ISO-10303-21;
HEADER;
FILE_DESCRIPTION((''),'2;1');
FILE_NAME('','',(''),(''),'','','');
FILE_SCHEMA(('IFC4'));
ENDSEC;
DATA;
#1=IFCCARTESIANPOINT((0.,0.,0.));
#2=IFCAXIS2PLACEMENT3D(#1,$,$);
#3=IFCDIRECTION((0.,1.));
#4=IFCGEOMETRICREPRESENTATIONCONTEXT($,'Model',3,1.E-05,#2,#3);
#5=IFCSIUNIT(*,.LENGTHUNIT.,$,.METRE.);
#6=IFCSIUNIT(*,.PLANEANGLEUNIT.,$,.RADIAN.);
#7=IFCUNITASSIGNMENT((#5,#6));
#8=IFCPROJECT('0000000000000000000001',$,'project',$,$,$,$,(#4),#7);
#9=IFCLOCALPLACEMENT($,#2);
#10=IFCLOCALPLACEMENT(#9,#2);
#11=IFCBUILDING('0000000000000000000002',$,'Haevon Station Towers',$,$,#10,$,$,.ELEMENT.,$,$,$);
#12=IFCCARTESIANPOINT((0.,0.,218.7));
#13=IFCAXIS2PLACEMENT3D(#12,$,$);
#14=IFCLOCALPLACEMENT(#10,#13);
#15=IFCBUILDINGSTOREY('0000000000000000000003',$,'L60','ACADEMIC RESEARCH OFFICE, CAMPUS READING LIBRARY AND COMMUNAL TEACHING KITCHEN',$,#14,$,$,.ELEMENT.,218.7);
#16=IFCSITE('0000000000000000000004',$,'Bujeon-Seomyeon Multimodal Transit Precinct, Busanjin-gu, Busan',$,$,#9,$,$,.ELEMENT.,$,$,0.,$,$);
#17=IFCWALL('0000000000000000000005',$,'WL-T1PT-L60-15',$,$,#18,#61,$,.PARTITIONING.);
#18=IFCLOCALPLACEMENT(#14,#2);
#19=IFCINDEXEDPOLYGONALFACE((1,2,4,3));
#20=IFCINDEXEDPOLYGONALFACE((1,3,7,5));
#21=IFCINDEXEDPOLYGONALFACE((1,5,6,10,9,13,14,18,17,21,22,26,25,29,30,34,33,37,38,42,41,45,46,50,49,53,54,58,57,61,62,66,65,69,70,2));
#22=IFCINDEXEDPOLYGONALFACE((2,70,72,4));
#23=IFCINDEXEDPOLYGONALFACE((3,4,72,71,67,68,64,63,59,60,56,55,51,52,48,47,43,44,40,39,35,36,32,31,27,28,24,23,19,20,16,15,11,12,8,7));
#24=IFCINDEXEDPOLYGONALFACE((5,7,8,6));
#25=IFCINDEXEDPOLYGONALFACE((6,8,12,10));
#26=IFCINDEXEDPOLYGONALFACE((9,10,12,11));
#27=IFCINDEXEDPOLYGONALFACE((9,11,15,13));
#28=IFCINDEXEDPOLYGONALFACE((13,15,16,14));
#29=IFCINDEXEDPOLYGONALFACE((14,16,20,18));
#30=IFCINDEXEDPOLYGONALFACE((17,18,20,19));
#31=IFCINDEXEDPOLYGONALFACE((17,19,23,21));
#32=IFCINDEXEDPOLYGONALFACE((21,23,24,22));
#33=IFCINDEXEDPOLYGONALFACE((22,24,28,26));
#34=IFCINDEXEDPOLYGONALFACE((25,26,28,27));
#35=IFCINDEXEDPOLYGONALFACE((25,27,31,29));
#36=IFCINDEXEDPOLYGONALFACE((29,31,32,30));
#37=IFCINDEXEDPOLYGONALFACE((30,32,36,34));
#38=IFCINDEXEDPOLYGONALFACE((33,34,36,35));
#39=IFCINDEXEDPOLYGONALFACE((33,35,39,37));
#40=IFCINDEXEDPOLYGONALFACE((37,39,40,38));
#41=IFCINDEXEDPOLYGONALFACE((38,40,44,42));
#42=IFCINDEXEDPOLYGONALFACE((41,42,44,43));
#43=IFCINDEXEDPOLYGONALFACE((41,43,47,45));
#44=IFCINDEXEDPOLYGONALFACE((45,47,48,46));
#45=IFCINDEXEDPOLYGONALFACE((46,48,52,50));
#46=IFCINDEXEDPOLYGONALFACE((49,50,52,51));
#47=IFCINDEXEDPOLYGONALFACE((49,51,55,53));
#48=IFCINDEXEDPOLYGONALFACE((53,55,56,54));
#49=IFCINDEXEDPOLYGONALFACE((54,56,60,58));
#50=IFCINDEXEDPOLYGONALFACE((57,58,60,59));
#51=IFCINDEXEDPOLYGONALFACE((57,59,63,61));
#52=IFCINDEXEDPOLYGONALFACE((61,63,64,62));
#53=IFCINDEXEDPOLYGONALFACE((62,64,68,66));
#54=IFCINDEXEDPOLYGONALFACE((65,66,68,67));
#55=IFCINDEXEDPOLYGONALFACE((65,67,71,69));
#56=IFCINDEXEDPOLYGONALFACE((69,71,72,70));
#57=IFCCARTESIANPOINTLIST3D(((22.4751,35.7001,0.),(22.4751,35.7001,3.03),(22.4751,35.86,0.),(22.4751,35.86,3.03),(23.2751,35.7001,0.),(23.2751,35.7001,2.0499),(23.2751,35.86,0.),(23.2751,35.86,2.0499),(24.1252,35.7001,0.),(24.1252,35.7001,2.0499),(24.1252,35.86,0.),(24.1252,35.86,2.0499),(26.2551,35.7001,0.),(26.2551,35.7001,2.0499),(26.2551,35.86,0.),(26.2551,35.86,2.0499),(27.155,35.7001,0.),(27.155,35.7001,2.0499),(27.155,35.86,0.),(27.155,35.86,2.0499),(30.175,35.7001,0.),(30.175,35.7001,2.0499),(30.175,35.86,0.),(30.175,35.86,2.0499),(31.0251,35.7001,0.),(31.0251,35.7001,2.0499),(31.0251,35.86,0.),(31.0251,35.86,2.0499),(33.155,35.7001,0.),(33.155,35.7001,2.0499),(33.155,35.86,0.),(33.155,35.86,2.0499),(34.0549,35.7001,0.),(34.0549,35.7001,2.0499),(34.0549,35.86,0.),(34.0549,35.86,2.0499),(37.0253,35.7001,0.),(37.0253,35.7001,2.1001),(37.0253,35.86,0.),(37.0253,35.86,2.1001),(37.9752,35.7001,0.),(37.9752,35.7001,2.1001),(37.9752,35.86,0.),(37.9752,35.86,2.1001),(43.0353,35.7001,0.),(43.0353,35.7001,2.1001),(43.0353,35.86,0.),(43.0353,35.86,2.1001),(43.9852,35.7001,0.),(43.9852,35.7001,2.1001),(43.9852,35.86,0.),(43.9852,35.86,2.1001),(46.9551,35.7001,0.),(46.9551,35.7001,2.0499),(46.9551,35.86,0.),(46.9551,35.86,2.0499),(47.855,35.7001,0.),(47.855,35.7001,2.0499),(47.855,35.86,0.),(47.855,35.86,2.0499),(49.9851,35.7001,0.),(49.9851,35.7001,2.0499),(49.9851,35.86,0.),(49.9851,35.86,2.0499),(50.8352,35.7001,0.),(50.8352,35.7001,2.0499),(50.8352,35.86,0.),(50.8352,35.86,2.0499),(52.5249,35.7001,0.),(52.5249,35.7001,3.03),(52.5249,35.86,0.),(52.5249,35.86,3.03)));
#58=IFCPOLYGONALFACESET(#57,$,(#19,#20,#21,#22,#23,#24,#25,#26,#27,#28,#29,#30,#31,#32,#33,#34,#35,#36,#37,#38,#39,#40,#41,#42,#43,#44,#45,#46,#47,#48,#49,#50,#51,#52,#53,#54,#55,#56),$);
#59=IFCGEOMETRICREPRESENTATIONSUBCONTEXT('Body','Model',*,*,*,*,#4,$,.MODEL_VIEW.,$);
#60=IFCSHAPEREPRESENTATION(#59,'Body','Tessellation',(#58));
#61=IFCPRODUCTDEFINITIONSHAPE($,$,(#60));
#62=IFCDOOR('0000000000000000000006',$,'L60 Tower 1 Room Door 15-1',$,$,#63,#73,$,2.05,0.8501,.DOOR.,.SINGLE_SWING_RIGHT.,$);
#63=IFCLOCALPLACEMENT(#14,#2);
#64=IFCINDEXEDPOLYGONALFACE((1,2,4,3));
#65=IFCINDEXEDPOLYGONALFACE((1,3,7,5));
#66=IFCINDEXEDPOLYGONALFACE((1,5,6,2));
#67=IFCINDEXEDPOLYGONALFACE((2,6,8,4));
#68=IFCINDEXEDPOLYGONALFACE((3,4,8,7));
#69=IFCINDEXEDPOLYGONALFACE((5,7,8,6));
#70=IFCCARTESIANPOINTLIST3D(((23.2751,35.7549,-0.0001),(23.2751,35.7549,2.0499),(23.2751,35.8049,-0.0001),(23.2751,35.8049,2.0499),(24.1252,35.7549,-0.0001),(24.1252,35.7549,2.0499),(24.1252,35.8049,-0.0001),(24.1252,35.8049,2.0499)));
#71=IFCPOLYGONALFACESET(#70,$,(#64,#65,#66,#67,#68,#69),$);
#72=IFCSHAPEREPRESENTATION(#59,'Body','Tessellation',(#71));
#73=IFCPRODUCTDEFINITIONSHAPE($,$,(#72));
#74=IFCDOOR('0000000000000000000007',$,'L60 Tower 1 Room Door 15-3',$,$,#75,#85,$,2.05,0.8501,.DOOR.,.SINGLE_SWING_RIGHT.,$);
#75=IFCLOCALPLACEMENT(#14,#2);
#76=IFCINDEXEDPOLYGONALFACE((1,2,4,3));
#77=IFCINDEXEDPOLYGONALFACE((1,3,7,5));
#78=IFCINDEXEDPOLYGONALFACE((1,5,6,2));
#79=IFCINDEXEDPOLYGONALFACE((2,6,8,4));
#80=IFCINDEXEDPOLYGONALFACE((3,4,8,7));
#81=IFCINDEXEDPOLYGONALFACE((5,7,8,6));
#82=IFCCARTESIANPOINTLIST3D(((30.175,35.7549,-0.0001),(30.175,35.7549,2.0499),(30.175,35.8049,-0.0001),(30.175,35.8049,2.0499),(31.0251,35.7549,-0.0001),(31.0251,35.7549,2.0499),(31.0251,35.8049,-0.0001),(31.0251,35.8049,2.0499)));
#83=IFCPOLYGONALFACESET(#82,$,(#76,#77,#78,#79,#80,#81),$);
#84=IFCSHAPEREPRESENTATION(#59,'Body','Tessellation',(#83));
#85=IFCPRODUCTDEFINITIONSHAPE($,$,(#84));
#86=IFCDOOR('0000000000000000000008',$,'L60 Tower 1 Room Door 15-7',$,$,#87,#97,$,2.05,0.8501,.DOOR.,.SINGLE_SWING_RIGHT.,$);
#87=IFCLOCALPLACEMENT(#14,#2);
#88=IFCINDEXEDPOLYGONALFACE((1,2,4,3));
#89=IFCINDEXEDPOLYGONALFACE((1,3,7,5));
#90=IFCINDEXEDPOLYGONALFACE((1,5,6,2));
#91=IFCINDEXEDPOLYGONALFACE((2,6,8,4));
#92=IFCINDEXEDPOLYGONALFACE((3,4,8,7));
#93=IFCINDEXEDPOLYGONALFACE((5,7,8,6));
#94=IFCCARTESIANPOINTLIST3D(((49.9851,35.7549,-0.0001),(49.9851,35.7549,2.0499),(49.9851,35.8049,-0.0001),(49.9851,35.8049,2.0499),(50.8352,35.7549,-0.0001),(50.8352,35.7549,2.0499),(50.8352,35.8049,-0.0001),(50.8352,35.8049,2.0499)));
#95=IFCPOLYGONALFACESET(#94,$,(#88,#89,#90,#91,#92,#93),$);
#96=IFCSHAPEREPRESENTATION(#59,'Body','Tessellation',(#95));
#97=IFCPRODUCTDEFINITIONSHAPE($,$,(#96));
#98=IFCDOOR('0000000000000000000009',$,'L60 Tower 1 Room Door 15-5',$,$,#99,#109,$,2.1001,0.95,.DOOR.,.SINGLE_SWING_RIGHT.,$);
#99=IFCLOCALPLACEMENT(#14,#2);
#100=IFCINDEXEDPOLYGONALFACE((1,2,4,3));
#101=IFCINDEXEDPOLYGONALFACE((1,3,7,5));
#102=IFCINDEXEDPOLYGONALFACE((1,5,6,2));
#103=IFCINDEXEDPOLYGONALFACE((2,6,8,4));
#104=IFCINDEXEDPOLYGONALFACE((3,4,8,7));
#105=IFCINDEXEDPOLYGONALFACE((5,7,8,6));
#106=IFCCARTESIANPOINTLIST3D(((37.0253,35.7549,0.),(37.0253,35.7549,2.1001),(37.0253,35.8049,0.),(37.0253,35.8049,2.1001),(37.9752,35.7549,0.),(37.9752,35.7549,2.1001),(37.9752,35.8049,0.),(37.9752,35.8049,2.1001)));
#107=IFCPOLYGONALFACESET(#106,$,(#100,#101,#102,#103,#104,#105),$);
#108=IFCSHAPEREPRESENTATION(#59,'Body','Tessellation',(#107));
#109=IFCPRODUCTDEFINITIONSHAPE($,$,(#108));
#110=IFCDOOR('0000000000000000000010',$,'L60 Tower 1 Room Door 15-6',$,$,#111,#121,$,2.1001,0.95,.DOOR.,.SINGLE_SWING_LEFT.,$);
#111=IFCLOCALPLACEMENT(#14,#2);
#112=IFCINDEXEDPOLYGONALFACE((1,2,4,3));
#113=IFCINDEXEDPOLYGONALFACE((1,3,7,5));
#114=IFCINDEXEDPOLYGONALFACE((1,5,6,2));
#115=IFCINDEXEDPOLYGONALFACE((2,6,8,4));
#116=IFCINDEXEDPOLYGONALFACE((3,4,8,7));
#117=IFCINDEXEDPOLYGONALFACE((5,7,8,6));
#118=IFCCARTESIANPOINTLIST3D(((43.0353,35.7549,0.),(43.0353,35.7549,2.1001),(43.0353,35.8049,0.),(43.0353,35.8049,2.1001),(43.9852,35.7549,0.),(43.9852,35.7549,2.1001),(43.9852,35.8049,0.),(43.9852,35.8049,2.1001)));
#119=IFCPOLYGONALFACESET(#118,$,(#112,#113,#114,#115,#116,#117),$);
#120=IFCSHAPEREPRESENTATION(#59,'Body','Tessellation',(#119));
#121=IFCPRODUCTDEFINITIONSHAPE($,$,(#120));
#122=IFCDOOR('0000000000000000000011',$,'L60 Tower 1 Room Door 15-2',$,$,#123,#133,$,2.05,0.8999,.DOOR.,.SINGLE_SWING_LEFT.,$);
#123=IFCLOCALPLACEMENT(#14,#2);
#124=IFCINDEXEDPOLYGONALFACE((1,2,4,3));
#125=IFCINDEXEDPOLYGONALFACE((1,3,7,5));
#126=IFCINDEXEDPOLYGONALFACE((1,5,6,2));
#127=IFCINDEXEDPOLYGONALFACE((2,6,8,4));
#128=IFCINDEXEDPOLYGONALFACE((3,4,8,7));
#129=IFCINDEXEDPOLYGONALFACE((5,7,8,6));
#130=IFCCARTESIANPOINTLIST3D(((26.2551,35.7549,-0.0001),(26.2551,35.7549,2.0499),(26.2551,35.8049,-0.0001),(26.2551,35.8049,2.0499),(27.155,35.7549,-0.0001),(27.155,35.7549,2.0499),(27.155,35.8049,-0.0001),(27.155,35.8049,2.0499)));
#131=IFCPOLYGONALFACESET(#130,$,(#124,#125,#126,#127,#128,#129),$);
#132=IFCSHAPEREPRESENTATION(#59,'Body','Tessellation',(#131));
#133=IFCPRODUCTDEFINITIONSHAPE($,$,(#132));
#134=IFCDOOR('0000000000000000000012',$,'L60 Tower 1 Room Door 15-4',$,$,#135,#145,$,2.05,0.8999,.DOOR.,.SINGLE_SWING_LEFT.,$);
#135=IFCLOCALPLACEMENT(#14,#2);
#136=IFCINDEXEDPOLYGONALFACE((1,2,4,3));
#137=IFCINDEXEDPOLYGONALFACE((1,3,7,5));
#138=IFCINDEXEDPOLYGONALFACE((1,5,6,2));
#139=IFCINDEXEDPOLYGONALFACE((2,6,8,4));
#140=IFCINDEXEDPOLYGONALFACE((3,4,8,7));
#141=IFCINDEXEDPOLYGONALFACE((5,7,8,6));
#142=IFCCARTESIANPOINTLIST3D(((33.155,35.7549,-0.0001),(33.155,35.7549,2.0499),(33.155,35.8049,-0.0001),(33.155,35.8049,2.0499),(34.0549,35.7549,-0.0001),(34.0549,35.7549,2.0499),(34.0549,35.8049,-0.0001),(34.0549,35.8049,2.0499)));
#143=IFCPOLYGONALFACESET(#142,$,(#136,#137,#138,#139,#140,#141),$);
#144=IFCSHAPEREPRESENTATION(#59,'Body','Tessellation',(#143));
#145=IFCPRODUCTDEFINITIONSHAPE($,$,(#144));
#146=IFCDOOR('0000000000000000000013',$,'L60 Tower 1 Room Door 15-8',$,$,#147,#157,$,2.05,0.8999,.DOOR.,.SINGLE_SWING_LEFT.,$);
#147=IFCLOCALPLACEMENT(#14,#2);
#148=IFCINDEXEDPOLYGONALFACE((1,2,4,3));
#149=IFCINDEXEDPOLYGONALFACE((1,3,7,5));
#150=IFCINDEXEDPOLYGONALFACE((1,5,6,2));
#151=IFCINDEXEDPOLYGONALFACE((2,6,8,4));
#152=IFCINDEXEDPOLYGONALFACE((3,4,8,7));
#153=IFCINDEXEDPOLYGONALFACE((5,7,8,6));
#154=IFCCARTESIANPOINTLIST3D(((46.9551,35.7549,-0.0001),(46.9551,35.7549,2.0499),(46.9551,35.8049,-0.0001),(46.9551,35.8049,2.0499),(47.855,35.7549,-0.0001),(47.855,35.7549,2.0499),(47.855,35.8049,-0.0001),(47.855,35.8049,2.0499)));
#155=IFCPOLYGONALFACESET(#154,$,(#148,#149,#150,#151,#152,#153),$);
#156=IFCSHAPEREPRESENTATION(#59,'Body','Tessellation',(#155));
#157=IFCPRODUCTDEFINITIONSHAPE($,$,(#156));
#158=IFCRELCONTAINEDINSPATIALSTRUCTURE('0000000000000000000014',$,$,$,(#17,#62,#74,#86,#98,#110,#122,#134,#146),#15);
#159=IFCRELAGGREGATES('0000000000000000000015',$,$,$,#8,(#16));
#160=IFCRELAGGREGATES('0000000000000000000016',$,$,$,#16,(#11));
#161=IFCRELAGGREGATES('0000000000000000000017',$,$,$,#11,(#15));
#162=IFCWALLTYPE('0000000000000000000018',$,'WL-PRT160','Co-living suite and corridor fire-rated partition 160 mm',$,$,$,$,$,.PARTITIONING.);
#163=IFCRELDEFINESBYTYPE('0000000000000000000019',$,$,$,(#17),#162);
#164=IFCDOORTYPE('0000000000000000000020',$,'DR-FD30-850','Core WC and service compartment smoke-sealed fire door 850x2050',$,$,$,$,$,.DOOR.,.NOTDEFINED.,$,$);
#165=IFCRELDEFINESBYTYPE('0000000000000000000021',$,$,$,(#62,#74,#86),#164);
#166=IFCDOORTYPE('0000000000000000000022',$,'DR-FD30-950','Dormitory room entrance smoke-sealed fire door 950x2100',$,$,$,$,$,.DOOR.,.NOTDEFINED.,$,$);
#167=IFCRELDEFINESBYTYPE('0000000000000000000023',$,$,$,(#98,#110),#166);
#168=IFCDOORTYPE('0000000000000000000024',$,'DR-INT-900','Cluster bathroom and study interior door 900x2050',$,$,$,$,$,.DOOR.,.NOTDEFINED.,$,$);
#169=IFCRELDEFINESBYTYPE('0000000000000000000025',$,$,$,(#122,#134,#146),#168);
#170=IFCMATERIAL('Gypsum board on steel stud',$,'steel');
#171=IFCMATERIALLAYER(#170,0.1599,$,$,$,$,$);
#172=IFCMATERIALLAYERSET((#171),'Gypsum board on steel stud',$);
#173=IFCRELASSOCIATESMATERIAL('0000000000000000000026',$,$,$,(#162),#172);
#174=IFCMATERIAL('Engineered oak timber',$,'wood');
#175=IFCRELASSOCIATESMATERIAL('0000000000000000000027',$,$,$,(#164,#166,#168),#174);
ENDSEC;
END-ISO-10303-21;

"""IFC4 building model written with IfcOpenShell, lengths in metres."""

from ifc_helpers import new_model, si_unit, direction, frame, frame_2d, origin, place, context, subcontext, project, spatial, rectangle, extrude, material, layer, layer_set, type_object, element, fill, save


model = new_model("IFC4")

# Units and contexts
model_context = context("Model", 3, precision=1e-05, world=origin(), true_north=direction((0.0, 1.0)))
body_context = subcontext(model_context, "Body", "Model", "MODEL_VIEW")
ifc_project = project(units=[si_unit("LENGTHUNIT", "METRE"), si_unit("PLANEANGLEUNIT", "RADIAN")], contexts=[model_context])

# Site, building, storey
site_placement = place(None, origin())
site = spatial("IfcSite", under=ifc_project, at=site_placement, Name="Bujeon-Seomyeon Multimodal Transit Precinct, Busanjin-gu, Busan", CompositionType="ELEMENT", RefElevation=0.0)
building_placement = place(site_placement, origin())
building = spatial("IfcBuilding", under=site, at=building_placement, Name="Haevon Station Towers", CompositionType="ELEMENT")
storey_placement = place(building_placement, frame((0.0, 0.0, 218.7)))
storey = spatial("IfcBuildingStorey", under=building, at=storey_placement, Name="L60", Description="ACADEMIC RESEARCH OFFICE, CAMPUS READING LIBRARY AND COMMUNAL TEACHING KITCHEN", CompositionType="ELEMENT", Elevation=218.7)

# Shared definitions
ifc_material_1 = material(Name="Gypsum board on steel stud", Category="steel")
ifc_layer_1 = layer(ifc_material_1, 0.1599)
ifc_layer_set_1 = layer_set([ifc_layer_1], Name="Gypsum board on steel stud")
wall_type_1 = type_object("IfcWallType", Name="WL-PRT160", Description="Co-living suite and corridor fire-rated partition 160 mm", PredefinedType="PARTITIONING", material=ifc_layer_set_1)

# Wall, openings, doors
wall_1_placement = place(storey_placement, frame((22.4751, 35.78, 0.0), z_axis=(0.0, 0.0, 1.0), x_axis=(1.0, 0.0, 0.0)))
wall_1 = element("IfcWall", 1, at=wall_1_placement, inside=storey, type_object=wall_type_1, Name="WL-T1PT-L60-15", PredefinedType="PARTITIONING", context=body_context, shape_type="SweptSolid", body=[
    extrude(rectangle(XDim=30.0498, YDim=0.1599, at=frame_2d((15.0249, 0.0))), origin(), (0.0, 0.0, 1.0), 3.03),
])
opening_1_placement = place(wall_1_placement, frame((0.8, 0.0, 0.0)))
opening_1 = element("IfcOpeningElement", 2, at=opening_1_placement, cuts=wall_1, PredefinedType="OPENING", context=body_context, shape_type="SweptSolid", body=[
    extrude(rectangle(XDim=0.8501, YDim=2.05, at=frame_2d((0.425, 1.0249))), frame((0.0, 0.0898, 0.0), z_axis=(0.0, -1.0, 0.0), x_axis=(1.0, 0.0, 0.0)), (0.0, 0.0, 1.0), 0.1799),
])
opening_2_placement = place(wall_1_placement, frame((3.78, 0.0, 0.0)))
opening_2 = element("IfcOpeningElement", 3, at=opening_2_placement, cuts=wall_1, PredefinedType="OPENING", context=body_context, shape_type="SweptSolid", body=[
    extrude(rectangle(XDim=0.8999, YDim=2.05, at=frame_2d((0.45, 1.0249))), frame((0.0, 0.0898, 0.0), z_axis=(0.0, -1.0, 0.0), x_axis=(1.0, 0.0, 0.0)), (0.0, 0.0, 1.0), 0.1799),
])
opening_3_placement = place(wall_1_placement, frame((7.7, 0.0, 0.0)))
opening_3 = element("IfcOpeningElement", 4, at=opening_3_placement, cuts=wall_1, PredefinedType="OPENING", context=body_context, shape_type="SweptSolid", body=[
    extrude(rectangle(XDim=0.8501, YDim=2.05, at=frame_2d((0.425, 1.0249))), frame((0.0, 0.0898, 0.0), z_axis=(0.0, -1.0, 0.0), x_axis=(1.0, 0.0, 0.0)), (0.0, 0.0, 1.0), 0.1799),
])
opening_4_placement = place(wall_1_placement, frame((10.6799, 0.0, 0.0)))
opening_4 = element("IfcOpeningElement", 5, at=opening_4_placement, cuts=wall_1, PredefinedType="OPENING", context=body_context, shape_type="SweptSolid", body=[
    extrude(rectangle(XDim=0.8999, YDim=2.05, at=frame_2d((0.45, 1.0249))), frame((0.0, 0.0898, 0.0), z_axis=(0.0, -1.0, 0.0), x_axis=(1.0, 0.0, 0.0)), (0.0, 0.0, 1.0), 0.1799),
])
opening_5_placement = place(wall_1_placement, frame((14.55, 0.0, 0.0)))
opening_5 = element("IfcOpeningElement", 6, at=opening_5_placement, cuts=wall_1, PredefinedType="OPENING", context=body_context, shape_type="SweptSolid", body=[
    extrude(rectangle(XDim=0.95, YDim=2.1001, at=frame_2d((0.4751, 1.05))), frame((0.0, 0.0898, 0.0), z_axis=(0.0, -1.0, 0.0), x_axis=(1.0, 0.0, 0.0)), (0.0, 0.0, 1.0), 0.1799),
])
opening_6_placement = place(wall_1_placement, frame((20.5601, 0.0, 0.0)))
opening_6 = element("IfcOpeningElement", 7, at=opening_6_placement, cuts=wall_1, PredefinedType="OPENING", context=body_context, shape_type="SweptSolid", body=[
    extrude(rectangle(XDim=0.95, YDim=2.1001, at=frame_2d((0.4751, 1.05))), frame((0.0, 0.0898, 0.0), z_axis=(0.0, -1.0, 0.0), x_axis=(1.0, 0.0, 0.0)), (0.0, 0.0, 1.0), 0.1799),
])
opening_7_placement = place(wall_1_placement, frame((27.51, 0.0, 0.0)))
opening_7 = element("IfcOpeningElement", 8, at=opening_7_placement, cuts=wall_1, PredefinedType="OPENING", context=body_context, shape_type="SweptSolid", body=[
    extrude(rectangle(XDim=0.8501, YDim=2.05, at=frame_2d((0.425, 1.0249))), frame((0.0, 0.0898, 0.0), z_axis=(0.0, -1.0, 0.0), x_axis=(1.0, 0.0, 0.0)), (0.0, 0.0, 1.0), 0.1799),
])
opening_8_placement = place(wall_1_placement, frame((24.48, 0.0, 0.0)))
opening_8 = element("IfcOpeningElement", 9, at=opening_8_placement, cuts=wall_1, PredefinedType="OPENING", context=body_context, shape_type="SweptSolid", body=[
    extrude(rectangle(XDim=0.8999, YDim=2.05, at=frame_2d((0.45, 1.0249))), frame((0.0, 0.0898, 0.0), z_axis=(0.0, -1.0, 0.0), x_axis=(1.0, 0.0, 0.0)), (0.0, 0.0, 1.0), 0.1799),
])
ifc_material_2 = material(Name="Engineered oak timber", Category="wood")
door_type_1 = type_object("IfcDoorType", Name="DR-FD30-850", Description="Core WC and service compartment smoke-sealed fire door 850x2050", OperationType="NOTDEFINED", PredefinedType="DOOR", material=ifc_material_2)
door_1_placement = place(opening_1_placement, origin())
door_1 = element("IfcDoor", 10, at=door_1_placement, inside=storey, type_object=door_type_1, Name="L60 Tower 1 Room Door 15-1", OperationType="SINGLE_SWING_RIGHT", OverallHeight=2.05, OverallWidth=0.8501, PredefinedType="DOOR", context=body_context, shape_type="SweptSolid", body=[
    extrude(rectangle(XDim=0.8501, YDim=2.05, at=frame_2d((0.425, 1.0249))), frame((0.0, 0.0249, 0.0), z_axis=(0.0, -1.0, 0.0), x_axis=(1.0, 0.0, 0.0)), (0.0, 0.0, 1.0), 0.05),
])
fill(opening_1, door_1)
door_2_placement = place(opening_3_placement, origin())
door_2 = element("IfcDoor", 11, at=door_2_placement, inside=storey, type_object=door_type_1, Name="L60 Tower 1 Room Door 15-3", OperationType="SINGLE_SWING_RIGHT", OverallHeight=2.05, OverallWidth=0.8501, PredefinedType="DOOR", context=body_context, shape_type="SweptSolid", body=[
    extrude(rectangle(XDim=0.8501, YDim=2.05, at=frame_2d((0.425, 1.0249))), frame((0.0, 0.0249, 0.0), z_axis=(0.0, -1.0, 0.0), x_axis=(1.0, 0.0, 0.0)), (0.0, 0.0, 1.0), 0.05),
])
fill(opening_3, door_2)
door_3_placement = place(opening_7_placement, origin())
door_3 = element("IfcDoor", 12, at=door_3_placement, inside=storey, type_object=door_type_1, Name="L60 Tower 1 Room Door 15-7", OperationType="SINGLE_SWING_RIGHT", OverallHeight=2.05, OverallWidth=0.8501, PredefinedType="DOOR", context=body_context, shape_type="SweptSolid", body=[
    extrude(rectangle(XDim=0.8501, YDim=2.05, at=frame_2d((0.425, 1.0249))), frame((0.0, 0.0249, 0.0), z_axis=(0.0, -1.0, 0.0), x_axis=(1.0, 0.0, 0.0)), (0.0, 0.0, 1.0), 0.05),
])
fill(opening_7, door_3)
door_type_2 = type_object("IfcDoorType", Name="DR-FD30-950", Description="Dormitory room entrance smoke-sealed fire door 950x2100", OperationType="NOTDEFINED", PredefinedType="DOOR", material=ifc_material_2)
door_4_placement = place(opening_5_placement, origin())
door_4 = element("IfcDoor", 13, at=door_4_placement, inside=storey, type_object=door_type_2, Name="L60 Tower 1 Room Door 15-5", OperationType="SINGLE_SWING_RIGHT", OverallHeight=2.1001, OverallWidth=0.95, PredefinedType="DOOR", context=body_context, shape_type="SweptSolid", body=[
    extrude(rectangle(XDim=0.95, YDim=2.1001, at=frame_2d((0.4751, 1.05))), frame((0.0, 0.0249, 0.0), z_axis=(0.0, -1.0, 0.0), x_axis=(1.0, 0.0, 0.0)), (0.0, 0.0, 1.0), 0.05),
])
fill(opening_5, door_4)
door_5_placement = place(opening_6_placement, origin())
door_5 = element("IfcDoor", 14, at=door_5_placement, inside=storey, type_object=door_type_2, Name="L60 Tower 1 Room Door 15-6", OperationType="SINGLE_SWING_LEFT", OverallHeight=2.1001, OverallWidth=0.95, PredefinedType="DOOR", context=body_context, shape_type="SweptSolid", body=[
    extrude(rectangle(XDim=0.95, YDim=2.1001, at=frame_2d((0.4751, 1.05))), frame((0.0, 0.0249, 0.0), z_axis=(0.0, -1.0, 0.0), x_axis=(1.0, 0.0, 0.0)), (0.0, 0.0, 1.0), 0.05),
])
fill(opening_6, door_5)
door_type_3 = type_object("IfcDoorType", Name="DR-INT-900", Description="Cluster bathroom and study interior door 900x2050", OperationType="NOTDEFINED", PredefinedType="DOOR", material=ifc_material_2)
door_6_placement = place(opening_2_placement, origin())
door_6 = element("IfcDoor", 15, at=door_6_placement, inside=storey, type_object=door_type_3, Name="L60 Tower 1 Room Door 15-2", OperationType="SINGLE_SWING_LEFT", OverallHeight=2.05, OverallWidth=0.8999, PredefinedType="DOOR", context=body_context, shape_type="SweptSolid", body=[
    extrude(rectangle(XDim=0.8999, YDim=2.05, at=frame_2d((0.45, 1.0249))), frame((0.0, 0.0249, 0.0), z_axis=(0.0, -1.0, 0.0), x_axis=(1.0, 0.0, 0.0)), (0.0, 0.0, 1.0), 0.05),
])
fill(opening_2, door_6)
door_7_placement = place(opening_4_placement, origin())
door_7 = element("IfcDoor", 16, at=door_7_placement, inside=storey, type_object=door_type_3, Name="L60 Tower 1 Room Door 15-4", OperationType="SINGLE_SWING_LEFT", OverallHeight=2.05, OverallWidth=0.8999, PredefinedType="DOOR", context=body_context, shape_type="SweptSolid", body=[
    extrude(rectangle(XDim=0.8999, YDim=2.05, at=frame_2d((0.45, 1.0249))), frame((0.0, 0.0249, 0.0), z_axis=(0.0, -1.0, 0.0), x_axis=(1.0, 0.0, 0.0)), (0.0, 0.0, 1.0), 0.05),
])
fill(opening_4, door_7)
door_8_placement = place(opening_8_placement, origin())
door_8 = element("IfcDoor", 17, at=door_8_placement, inside=storey, type_object=door_type_3, Name="L60 Tower 1 Room Door 15-8", OperationType="SINGLE_SWING_LEFT", OverallHeight=2.05, OverallWidth=0.8999, PredefinedType="DOOR", context=body_context, shape_type="SweptSolid", body=[
    extrude(rectangle(XDim=0.8999, YDim=2.05, at=frame_2d((0.45, 1.0249))), frame((0.0, 0.0249, 0.0), z_axis=(0.0, -1.0, 0.0), x_axis=(1.0, 0.0, 0.0)), (0.0, 0.0, 1.0), 0.05),
])
fill(opening_8, door_8)

save(model, "model.ifc")
